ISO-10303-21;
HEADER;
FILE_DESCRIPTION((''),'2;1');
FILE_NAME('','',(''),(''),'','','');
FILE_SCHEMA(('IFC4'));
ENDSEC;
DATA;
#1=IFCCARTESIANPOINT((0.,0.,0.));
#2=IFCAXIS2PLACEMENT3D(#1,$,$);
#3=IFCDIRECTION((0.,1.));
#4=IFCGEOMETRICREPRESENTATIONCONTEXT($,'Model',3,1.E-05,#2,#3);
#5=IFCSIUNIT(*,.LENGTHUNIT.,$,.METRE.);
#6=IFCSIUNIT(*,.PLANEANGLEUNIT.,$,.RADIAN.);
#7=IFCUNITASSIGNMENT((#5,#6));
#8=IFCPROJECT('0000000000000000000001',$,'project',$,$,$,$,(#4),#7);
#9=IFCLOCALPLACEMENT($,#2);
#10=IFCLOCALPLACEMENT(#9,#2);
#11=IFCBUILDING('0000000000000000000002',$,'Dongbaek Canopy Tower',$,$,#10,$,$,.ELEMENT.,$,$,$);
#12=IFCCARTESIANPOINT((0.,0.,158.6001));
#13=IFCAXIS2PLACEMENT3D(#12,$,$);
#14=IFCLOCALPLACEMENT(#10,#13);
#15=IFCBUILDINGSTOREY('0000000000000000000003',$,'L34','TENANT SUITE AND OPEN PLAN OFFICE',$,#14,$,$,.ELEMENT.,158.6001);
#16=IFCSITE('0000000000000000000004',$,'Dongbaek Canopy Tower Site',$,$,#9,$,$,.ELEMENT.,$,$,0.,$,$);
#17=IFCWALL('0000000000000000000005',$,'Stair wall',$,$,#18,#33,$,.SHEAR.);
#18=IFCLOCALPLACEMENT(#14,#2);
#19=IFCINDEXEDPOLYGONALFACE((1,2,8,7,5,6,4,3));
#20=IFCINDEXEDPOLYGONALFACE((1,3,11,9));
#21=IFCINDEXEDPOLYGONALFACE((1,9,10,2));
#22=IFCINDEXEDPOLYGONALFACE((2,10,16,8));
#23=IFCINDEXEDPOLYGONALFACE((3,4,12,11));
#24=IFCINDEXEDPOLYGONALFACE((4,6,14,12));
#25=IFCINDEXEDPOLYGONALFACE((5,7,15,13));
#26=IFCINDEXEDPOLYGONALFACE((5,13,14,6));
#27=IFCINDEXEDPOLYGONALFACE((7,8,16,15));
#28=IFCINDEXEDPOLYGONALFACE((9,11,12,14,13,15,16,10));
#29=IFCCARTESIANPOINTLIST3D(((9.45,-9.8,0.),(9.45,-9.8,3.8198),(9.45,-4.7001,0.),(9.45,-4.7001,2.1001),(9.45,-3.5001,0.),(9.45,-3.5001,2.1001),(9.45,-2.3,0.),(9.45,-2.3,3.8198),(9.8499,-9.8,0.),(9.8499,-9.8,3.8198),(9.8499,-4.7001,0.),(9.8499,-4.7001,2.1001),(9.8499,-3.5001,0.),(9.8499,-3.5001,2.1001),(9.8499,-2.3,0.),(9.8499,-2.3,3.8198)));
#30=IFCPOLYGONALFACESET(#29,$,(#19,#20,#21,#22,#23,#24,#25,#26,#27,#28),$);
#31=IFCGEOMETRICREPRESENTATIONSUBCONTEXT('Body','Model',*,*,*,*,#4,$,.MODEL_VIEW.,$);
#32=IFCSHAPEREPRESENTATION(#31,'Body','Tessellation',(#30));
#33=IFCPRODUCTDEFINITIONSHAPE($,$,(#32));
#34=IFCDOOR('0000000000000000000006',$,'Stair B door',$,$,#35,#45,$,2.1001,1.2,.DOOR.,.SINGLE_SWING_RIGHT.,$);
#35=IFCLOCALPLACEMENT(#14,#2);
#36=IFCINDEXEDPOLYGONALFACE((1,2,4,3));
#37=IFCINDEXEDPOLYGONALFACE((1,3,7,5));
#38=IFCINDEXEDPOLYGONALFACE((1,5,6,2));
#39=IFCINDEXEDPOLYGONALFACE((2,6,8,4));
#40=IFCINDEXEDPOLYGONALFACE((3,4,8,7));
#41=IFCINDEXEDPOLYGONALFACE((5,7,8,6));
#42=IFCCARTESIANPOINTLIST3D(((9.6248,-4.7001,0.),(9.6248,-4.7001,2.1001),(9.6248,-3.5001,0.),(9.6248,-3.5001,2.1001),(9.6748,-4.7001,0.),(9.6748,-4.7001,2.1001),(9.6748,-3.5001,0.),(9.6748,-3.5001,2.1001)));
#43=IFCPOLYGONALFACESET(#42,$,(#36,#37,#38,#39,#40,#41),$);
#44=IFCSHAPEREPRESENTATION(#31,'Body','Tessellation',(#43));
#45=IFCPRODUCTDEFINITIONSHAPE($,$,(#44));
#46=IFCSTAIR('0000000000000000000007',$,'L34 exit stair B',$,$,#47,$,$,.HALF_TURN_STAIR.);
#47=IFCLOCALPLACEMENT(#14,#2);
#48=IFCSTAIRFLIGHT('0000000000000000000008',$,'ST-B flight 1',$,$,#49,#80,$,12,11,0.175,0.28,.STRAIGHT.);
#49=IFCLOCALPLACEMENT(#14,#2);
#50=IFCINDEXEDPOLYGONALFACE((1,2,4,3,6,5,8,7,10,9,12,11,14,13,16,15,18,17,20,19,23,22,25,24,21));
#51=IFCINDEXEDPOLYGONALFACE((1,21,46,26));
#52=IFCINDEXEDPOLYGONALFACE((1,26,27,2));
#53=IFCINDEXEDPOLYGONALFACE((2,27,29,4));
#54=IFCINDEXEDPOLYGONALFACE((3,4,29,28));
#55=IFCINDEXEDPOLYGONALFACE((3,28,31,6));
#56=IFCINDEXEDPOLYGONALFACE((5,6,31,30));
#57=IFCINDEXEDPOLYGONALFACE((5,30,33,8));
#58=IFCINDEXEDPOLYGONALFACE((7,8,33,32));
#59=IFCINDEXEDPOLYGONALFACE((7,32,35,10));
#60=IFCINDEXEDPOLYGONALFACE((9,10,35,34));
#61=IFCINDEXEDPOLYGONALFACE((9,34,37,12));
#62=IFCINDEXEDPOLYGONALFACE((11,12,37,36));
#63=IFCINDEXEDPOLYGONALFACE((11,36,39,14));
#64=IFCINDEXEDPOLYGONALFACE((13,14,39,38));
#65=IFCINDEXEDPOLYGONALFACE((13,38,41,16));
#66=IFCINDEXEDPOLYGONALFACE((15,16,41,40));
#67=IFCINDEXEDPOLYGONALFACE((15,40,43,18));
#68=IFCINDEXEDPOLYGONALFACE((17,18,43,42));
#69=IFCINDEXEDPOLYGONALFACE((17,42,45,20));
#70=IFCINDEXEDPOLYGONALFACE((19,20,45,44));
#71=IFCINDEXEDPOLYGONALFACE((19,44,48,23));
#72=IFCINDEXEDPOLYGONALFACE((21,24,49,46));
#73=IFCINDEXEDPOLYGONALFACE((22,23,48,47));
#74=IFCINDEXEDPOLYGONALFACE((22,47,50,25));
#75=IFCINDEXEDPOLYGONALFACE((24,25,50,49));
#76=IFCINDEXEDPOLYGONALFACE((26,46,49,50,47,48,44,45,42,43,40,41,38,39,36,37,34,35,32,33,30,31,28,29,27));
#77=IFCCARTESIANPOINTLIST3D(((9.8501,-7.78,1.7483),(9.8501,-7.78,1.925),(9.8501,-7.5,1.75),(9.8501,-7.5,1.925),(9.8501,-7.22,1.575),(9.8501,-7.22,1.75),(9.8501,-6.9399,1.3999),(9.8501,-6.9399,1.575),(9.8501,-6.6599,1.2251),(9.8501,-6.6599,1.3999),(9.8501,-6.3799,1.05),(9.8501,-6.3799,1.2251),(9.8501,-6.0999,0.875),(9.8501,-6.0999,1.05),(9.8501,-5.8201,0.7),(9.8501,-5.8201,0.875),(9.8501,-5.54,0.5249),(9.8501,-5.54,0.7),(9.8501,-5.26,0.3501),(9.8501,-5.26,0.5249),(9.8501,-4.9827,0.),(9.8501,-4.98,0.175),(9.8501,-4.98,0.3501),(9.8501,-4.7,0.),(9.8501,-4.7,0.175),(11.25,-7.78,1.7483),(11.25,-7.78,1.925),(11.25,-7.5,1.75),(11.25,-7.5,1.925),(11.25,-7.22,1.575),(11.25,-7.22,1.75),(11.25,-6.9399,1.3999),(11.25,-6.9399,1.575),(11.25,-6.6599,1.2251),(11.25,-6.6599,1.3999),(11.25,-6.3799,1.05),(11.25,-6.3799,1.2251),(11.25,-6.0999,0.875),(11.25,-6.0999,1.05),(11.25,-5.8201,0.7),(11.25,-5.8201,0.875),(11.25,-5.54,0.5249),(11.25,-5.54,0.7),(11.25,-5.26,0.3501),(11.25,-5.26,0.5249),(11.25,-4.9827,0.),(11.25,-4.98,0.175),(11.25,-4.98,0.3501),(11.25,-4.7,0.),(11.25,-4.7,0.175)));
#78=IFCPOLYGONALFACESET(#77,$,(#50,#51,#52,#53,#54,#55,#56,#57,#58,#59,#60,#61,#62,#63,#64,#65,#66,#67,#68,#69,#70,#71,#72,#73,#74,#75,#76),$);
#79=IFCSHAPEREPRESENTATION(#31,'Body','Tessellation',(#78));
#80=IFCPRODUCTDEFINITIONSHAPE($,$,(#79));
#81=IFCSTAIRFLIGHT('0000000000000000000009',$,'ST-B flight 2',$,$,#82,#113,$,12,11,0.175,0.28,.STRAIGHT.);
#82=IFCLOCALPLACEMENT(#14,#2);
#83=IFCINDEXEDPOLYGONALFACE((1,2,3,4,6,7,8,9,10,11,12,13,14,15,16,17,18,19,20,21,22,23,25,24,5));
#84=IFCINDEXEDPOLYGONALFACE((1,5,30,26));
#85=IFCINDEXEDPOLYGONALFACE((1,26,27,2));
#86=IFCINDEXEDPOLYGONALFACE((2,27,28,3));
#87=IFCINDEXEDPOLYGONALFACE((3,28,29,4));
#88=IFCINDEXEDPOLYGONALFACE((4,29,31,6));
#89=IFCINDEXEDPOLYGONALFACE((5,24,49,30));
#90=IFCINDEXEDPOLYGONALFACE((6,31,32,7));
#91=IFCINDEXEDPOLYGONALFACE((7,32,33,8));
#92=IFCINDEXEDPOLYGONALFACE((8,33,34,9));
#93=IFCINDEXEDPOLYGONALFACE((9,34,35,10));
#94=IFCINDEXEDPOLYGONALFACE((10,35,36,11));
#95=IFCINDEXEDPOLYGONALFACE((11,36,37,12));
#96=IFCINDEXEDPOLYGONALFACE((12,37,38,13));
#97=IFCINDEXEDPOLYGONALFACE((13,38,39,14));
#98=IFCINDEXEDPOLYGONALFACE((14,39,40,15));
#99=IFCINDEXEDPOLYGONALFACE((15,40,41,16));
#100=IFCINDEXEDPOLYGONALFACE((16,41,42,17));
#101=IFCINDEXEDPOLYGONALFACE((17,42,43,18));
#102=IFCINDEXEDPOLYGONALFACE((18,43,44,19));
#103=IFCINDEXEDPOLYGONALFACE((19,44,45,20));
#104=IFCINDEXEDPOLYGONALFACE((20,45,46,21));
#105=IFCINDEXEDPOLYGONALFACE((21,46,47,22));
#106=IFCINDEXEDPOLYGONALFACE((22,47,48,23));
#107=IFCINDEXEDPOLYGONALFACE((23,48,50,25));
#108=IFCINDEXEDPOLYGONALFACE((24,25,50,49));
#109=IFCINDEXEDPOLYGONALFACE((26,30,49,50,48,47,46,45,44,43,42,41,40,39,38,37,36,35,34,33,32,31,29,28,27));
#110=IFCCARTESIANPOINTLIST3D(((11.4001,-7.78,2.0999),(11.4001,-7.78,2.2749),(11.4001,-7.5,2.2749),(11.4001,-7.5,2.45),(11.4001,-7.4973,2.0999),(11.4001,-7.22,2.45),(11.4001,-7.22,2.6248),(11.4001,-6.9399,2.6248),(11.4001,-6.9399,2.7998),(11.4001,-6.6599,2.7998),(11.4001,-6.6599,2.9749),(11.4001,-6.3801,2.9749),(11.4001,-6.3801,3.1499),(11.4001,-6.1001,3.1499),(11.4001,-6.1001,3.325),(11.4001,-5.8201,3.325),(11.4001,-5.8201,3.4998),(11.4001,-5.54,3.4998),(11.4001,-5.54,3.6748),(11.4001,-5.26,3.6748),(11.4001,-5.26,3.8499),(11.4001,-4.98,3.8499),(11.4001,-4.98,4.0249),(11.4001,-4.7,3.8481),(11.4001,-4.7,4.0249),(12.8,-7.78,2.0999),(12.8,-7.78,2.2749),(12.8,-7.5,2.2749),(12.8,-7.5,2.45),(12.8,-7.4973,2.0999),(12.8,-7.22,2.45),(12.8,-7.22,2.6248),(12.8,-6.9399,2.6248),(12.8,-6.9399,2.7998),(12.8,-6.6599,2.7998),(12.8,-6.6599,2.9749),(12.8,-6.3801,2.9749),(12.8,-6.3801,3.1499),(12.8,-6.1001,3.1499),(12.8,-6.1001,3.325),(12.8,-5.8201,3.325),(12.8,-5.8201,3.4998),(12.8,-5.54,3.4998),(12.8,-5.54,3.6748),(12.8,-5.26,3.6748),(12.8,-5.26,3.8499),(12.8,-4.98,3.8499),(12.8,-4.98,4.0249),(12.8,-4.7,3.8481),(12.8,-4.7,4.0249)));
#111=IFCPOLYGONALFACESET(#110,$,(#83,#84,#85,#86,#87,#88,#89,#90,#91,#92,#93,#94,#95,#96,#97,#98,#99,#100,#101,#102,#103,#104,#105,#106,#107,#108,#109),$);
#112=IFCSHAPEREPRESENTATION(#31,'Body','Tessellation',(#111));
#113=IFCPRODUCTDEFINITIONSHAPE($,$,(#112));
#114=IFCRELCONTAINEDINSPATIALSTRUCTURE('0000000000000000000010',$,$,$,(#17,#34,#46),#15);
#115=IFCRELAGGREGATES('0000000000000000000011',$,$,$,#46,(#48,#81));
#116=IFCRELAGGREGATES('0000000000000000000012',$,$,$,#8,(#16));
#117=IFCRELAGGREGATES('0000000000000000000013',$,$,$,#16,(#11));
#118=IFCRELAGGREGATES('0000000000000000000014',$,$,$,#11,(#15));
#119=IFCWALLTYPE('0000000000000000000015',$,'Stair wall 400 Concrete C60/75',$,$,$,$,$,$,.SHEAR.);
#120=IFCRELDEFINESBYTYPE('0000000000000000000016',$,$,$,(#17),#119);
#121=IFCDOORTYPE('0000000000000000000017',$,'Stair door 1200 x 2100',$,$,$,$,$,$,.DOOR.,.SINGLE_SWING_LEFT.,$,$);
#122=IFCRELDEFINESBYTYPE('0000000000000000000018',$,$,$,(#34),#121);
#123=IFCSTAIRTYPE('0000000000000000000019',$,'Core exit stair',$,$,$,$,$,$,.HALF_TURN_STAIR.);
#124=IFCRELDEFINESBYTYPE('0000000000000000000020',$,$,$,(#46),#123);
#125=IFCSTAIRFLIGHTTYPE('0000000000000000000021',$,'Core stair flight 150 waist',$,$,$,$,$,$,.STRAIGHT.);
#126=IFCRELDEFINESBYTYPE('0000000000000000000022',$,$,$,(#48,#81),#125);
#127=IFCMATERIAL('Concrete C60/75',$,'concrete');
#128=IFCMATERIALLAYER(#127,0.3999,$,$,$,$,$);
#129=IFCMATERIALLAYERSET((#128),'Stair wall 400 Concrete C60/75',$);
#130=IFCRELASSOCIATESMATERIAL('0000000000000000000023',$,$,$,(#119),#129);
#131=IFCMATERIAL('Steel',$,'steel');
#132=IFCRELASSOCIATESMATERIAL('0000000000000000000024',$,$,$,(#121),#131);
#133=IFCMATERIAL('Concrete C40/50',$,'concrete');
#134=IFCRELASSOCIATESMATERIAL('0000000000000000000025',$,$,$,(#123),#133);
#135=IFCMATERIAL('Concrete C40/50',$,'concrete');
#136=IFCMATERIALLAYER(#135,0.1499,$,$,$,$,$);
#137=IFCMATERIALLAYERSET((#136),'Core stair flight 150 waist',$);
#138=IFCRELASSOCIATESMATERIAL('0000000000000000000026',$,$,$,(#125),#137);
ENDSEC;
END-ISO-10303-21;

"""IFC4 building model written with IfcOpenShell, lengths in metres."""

from ifc_helpers import new_model, si_unit, direction, frame, frame_2d, origin, place, context, subcontext, project, spatial, polyline, rectangle, outline, extrude, material, layer, layer_set, type_object, element, fill, aggregate, save


model = new_model("IFC4")

# Units and contexts
model_context = context("Model", 3, precision=1e-05, world=origin(), true_north=direction((0.0, 1.0)))
body_context = subcontext(model_context, "Body", "Model", "MODEL_VIEW")
ifc_project = project(units=[si_unit("LENGTHUNIT", "METRE"), si_unit("PLANEANGLEUNIT", "RADIAN")], contexts=[model_context])

# Site, building, storey
site_placement = place(None, origin())
site = spatial("IfcSite", under=ifc_project, at=site_placement, Name="Dongbaek Canopy Tower Site", CompositionType="ELEMENT", RefElevation=0.0)
building_placement = place(site_placement, origin())
building = spatial("IfcBuilding", under=site, at=building_placement, Name="Dongbaek Canopy Tower", CompositionType="ELEMENT")
storey_placement = place(building_placement, frame((0.0, 0.0, 158.6001)))
storey = spatial("IfcBuildingStorey", under=building, at=storey_placement, Name="L34", Description="TENANT SUITE AND OPEN PLAN OFFICE", CompositionType="ELEMENT", Elevation=158.6001)

# Wall, opening, door
ifc_material_1 = material(Name="Concrete C60/75", Category="concrete")
ifc_layer_1 = layer(ifc_material_1, 0.3999)
ifc_layer_set_1 = layer_set([ifc_layer_1], Name="Stair wall 400 Concrete C60/75")
wall_type_1 = type_object("IfcWallType", Name="Stair wall 400 Concrete C60/75", PredefinedType="SHEAR", material=ifc_layer_set_1)
wall_1_placement = place(storey_placement, frame((9.6499, -2.3, 0.0), z_axis=(0.0, 0.0, 1.0), x_axis=(0.0, -1.0, 0.0)))
wall_1 = element("IfcWall", 1, at=wall_1_placement, inside=storey, type_object=wall_type_1, Name="Stair wall", PredefinedType="SHEAR", context=body_context, shape_type="SweptSolid", body=[
    extrude(rectangle(XDim=7.5, YDim=0.3999, at=frame_2d((3.75, 0.0))), origin(), (0.0, 0.0, 1.0), 3.8198),
])
opening_1_placement = place(wall_1_placement, frame((1.2, 0.0, 0.0)))
opening_1 = element("IfcOpeningElement", 2, at=opening_1_placement, cuts=wall_1, PredefinedType="OPENING", context=body_context, shape_type="SweptSolid", body=[
    extrude(rectangle(XDim=1.2, YDim=2.1001, at=frame_2d((0.6001, 1.05))), frame((0.0, 0.21, 0.0), z_axis=(0.0, -1.0, 0.0), x_axis=(1.0, 0.0, 0.0)), (0.0, 0.0, 1.0), 0.4199),
])
ifc_material_2 = material(Name="Steel", Category="steel")
door_type_1 = type_object("IfcDoorType", Name="Stair door 1200 x 2100", OperationType="SINGLE_SWING_LEFT", PredefinedType="DOOR", material=ifc_material_2)
door_1_placement = place(opening_1_placement, origin())
door_1 = element("IfcDoor", 3, at=door_1_placement, inside=storey, type_object=door_type_1, Name="Stair B door", OperationType="SINGLE_SWING_RIGHT", OverallHeight=2.1001, OverallWidth=1.2, PredefinedType="DOOR", context=body_context, shape_type="SweptSolid", body=[
    extrude(rectangle(XDim=1.2, YDim=2.1001, at=frame_2d((0.6001, 1.05))), frame((0.0, 0.0249, 0.0), z_axis=(0.0, -1.0, 0.0), x_axis=(1.0, 0.0, 0.0)), (0.0, 0.0, 1.0), 0.05),
])
fill(opening_1, door_1)

# Stair, stair flights
ifc_material_3 = material(Name="Concrete C40/50", Category="concrete")
stair_type = type_object("IfcStairType", Name="Core exit stair", PredefinedType="HALF_TURN_STAIR", material=ifc_material_3)
stair_placement = place(storey_placement, origin())
stair = element("IfcStair", 4, at=stair_placement, inside=storey, type_object=stair_type, Name="L34 exit stair B", PredefinedType="HALF_TURN_STAIR")
ifc_material_4 = material(Name="Concrete C40/50", Category="concrete")
ifc_layer_2 = layer(ifc_material_4, 0.1499)
ifc_layer_set_2 = layer_set([ifc_layer_2], Name="Core stair flight 150 waist")
stair_flight_type = type_object("IfcStairFlightType", Name="Core stair flight 150 waist", PredefinedType="STRAIGHT", material=ifc_layer_set_2)
stair_flight_1_placement = place(storey_placement, frame((10.55, -4.7, 0.0), z_axis=(0.0, 0.0, 1.0), x_axis=(0.0, -1.0, 0.0)))
stair_flight_1 = element("IfcStairFlight", 5, at=stair_flight_1_placement, type_object=stair_flight_type, Name="ST-B flight 1", NumberOfRisers=12, NumberOfTreads=11, PredefinedType="STRAIGHT", RiserHeight=0.175, TreadLength=0.28, context=body_context, shape_type="SweptSolid", body=[
    extrude(outline(polyline([(0.0, 0.0), (0.0, 0.175), (0.28, 0.175), (0.28, 0.3501), (0.5601, 0.3501), (0.5601, 0.5249), (0.8401, 0.5249), (0.8401, 0.7), (1.1201, 0.7), (1.1201, 0.875), (1.3999, 0.875), (1.3999, 1.05), (1.6799, 1.05), (1.6799, 1.2251), (1.96, 1.2251), (1.96, 1.3999), (2.24, 1.3999), (2.24, 1.575), (2.52, 1.575), (2.52, 1.75), (2.8, 1.75), (2.8, 1.925), (3.0801, 1.925), (3.0801, 2.1001), (3.0801, 1.7483), (0.2827, 0.0), (0.0, 0.0)])), frame((0.0, 0.7, 0.0), z_axis=(0.0, -1.0, 0.0), x_axis=(1.0, 0.0, 0.0)), (0.0, 0.0, 1.0), 1.3999),
])
stair_flight_2_placement = place(storey_placement, frame((12.1001, -7.78, 2.0999), z_axis=(0.0, 0.0, 1.0), x_axis=(0.0, 1.0, 0.0)))
stair_flight_2 = element("IfcStairFlight", 6, at=stair_flight_2_placement, type_object=stair_flight_type, Name="ST-B flight 2", NumberOfRisers=12, NumberOfTreads=11, PredefinedType="STRAIGHT", RiserHeight=0.175, TreadLength=0.28, context=body_context, shape_type="SweptSolid", body=[
    extrude(outline(polyline([(0.0, 0.0), (0.0, 0.175), (0.28, 0.175), (0.28, 0.3501), (0.5601, 0.3501), (0.5601, 0.5249), (0.8401, 0.5249), (0.8401, 0.7), (1.1201, 0.7), (1.1201, 0.875), (1.3999, 0.875), (1.3999, 1.05), (1.6799, 1.05), (1.6799, 1.2251), (1.96, 1.2251), (1.96, 1.3999), (2.24, 1.3999), (2.24, 1.575), (2.52, 1.575), (2.52, 1.75), (2.8, 1.75), (2.8, 1.925), (3.0801, 1.925), (3.0801, 2.1001), (3.0801, 1.7483), (0.2827, 0.0), (0.0, 0.0)])), frame((0.0, 0.7, 0.0), z_axis=(0.0, -1.0, 0.0), x_axis=(1.0, 0.0, 0.0)), (0.0, 0.0, 1.0), 1.3999),
])
aggregate(stair, [stair_flight_1, stair_flight_2])

save(model, "model.ifc")
